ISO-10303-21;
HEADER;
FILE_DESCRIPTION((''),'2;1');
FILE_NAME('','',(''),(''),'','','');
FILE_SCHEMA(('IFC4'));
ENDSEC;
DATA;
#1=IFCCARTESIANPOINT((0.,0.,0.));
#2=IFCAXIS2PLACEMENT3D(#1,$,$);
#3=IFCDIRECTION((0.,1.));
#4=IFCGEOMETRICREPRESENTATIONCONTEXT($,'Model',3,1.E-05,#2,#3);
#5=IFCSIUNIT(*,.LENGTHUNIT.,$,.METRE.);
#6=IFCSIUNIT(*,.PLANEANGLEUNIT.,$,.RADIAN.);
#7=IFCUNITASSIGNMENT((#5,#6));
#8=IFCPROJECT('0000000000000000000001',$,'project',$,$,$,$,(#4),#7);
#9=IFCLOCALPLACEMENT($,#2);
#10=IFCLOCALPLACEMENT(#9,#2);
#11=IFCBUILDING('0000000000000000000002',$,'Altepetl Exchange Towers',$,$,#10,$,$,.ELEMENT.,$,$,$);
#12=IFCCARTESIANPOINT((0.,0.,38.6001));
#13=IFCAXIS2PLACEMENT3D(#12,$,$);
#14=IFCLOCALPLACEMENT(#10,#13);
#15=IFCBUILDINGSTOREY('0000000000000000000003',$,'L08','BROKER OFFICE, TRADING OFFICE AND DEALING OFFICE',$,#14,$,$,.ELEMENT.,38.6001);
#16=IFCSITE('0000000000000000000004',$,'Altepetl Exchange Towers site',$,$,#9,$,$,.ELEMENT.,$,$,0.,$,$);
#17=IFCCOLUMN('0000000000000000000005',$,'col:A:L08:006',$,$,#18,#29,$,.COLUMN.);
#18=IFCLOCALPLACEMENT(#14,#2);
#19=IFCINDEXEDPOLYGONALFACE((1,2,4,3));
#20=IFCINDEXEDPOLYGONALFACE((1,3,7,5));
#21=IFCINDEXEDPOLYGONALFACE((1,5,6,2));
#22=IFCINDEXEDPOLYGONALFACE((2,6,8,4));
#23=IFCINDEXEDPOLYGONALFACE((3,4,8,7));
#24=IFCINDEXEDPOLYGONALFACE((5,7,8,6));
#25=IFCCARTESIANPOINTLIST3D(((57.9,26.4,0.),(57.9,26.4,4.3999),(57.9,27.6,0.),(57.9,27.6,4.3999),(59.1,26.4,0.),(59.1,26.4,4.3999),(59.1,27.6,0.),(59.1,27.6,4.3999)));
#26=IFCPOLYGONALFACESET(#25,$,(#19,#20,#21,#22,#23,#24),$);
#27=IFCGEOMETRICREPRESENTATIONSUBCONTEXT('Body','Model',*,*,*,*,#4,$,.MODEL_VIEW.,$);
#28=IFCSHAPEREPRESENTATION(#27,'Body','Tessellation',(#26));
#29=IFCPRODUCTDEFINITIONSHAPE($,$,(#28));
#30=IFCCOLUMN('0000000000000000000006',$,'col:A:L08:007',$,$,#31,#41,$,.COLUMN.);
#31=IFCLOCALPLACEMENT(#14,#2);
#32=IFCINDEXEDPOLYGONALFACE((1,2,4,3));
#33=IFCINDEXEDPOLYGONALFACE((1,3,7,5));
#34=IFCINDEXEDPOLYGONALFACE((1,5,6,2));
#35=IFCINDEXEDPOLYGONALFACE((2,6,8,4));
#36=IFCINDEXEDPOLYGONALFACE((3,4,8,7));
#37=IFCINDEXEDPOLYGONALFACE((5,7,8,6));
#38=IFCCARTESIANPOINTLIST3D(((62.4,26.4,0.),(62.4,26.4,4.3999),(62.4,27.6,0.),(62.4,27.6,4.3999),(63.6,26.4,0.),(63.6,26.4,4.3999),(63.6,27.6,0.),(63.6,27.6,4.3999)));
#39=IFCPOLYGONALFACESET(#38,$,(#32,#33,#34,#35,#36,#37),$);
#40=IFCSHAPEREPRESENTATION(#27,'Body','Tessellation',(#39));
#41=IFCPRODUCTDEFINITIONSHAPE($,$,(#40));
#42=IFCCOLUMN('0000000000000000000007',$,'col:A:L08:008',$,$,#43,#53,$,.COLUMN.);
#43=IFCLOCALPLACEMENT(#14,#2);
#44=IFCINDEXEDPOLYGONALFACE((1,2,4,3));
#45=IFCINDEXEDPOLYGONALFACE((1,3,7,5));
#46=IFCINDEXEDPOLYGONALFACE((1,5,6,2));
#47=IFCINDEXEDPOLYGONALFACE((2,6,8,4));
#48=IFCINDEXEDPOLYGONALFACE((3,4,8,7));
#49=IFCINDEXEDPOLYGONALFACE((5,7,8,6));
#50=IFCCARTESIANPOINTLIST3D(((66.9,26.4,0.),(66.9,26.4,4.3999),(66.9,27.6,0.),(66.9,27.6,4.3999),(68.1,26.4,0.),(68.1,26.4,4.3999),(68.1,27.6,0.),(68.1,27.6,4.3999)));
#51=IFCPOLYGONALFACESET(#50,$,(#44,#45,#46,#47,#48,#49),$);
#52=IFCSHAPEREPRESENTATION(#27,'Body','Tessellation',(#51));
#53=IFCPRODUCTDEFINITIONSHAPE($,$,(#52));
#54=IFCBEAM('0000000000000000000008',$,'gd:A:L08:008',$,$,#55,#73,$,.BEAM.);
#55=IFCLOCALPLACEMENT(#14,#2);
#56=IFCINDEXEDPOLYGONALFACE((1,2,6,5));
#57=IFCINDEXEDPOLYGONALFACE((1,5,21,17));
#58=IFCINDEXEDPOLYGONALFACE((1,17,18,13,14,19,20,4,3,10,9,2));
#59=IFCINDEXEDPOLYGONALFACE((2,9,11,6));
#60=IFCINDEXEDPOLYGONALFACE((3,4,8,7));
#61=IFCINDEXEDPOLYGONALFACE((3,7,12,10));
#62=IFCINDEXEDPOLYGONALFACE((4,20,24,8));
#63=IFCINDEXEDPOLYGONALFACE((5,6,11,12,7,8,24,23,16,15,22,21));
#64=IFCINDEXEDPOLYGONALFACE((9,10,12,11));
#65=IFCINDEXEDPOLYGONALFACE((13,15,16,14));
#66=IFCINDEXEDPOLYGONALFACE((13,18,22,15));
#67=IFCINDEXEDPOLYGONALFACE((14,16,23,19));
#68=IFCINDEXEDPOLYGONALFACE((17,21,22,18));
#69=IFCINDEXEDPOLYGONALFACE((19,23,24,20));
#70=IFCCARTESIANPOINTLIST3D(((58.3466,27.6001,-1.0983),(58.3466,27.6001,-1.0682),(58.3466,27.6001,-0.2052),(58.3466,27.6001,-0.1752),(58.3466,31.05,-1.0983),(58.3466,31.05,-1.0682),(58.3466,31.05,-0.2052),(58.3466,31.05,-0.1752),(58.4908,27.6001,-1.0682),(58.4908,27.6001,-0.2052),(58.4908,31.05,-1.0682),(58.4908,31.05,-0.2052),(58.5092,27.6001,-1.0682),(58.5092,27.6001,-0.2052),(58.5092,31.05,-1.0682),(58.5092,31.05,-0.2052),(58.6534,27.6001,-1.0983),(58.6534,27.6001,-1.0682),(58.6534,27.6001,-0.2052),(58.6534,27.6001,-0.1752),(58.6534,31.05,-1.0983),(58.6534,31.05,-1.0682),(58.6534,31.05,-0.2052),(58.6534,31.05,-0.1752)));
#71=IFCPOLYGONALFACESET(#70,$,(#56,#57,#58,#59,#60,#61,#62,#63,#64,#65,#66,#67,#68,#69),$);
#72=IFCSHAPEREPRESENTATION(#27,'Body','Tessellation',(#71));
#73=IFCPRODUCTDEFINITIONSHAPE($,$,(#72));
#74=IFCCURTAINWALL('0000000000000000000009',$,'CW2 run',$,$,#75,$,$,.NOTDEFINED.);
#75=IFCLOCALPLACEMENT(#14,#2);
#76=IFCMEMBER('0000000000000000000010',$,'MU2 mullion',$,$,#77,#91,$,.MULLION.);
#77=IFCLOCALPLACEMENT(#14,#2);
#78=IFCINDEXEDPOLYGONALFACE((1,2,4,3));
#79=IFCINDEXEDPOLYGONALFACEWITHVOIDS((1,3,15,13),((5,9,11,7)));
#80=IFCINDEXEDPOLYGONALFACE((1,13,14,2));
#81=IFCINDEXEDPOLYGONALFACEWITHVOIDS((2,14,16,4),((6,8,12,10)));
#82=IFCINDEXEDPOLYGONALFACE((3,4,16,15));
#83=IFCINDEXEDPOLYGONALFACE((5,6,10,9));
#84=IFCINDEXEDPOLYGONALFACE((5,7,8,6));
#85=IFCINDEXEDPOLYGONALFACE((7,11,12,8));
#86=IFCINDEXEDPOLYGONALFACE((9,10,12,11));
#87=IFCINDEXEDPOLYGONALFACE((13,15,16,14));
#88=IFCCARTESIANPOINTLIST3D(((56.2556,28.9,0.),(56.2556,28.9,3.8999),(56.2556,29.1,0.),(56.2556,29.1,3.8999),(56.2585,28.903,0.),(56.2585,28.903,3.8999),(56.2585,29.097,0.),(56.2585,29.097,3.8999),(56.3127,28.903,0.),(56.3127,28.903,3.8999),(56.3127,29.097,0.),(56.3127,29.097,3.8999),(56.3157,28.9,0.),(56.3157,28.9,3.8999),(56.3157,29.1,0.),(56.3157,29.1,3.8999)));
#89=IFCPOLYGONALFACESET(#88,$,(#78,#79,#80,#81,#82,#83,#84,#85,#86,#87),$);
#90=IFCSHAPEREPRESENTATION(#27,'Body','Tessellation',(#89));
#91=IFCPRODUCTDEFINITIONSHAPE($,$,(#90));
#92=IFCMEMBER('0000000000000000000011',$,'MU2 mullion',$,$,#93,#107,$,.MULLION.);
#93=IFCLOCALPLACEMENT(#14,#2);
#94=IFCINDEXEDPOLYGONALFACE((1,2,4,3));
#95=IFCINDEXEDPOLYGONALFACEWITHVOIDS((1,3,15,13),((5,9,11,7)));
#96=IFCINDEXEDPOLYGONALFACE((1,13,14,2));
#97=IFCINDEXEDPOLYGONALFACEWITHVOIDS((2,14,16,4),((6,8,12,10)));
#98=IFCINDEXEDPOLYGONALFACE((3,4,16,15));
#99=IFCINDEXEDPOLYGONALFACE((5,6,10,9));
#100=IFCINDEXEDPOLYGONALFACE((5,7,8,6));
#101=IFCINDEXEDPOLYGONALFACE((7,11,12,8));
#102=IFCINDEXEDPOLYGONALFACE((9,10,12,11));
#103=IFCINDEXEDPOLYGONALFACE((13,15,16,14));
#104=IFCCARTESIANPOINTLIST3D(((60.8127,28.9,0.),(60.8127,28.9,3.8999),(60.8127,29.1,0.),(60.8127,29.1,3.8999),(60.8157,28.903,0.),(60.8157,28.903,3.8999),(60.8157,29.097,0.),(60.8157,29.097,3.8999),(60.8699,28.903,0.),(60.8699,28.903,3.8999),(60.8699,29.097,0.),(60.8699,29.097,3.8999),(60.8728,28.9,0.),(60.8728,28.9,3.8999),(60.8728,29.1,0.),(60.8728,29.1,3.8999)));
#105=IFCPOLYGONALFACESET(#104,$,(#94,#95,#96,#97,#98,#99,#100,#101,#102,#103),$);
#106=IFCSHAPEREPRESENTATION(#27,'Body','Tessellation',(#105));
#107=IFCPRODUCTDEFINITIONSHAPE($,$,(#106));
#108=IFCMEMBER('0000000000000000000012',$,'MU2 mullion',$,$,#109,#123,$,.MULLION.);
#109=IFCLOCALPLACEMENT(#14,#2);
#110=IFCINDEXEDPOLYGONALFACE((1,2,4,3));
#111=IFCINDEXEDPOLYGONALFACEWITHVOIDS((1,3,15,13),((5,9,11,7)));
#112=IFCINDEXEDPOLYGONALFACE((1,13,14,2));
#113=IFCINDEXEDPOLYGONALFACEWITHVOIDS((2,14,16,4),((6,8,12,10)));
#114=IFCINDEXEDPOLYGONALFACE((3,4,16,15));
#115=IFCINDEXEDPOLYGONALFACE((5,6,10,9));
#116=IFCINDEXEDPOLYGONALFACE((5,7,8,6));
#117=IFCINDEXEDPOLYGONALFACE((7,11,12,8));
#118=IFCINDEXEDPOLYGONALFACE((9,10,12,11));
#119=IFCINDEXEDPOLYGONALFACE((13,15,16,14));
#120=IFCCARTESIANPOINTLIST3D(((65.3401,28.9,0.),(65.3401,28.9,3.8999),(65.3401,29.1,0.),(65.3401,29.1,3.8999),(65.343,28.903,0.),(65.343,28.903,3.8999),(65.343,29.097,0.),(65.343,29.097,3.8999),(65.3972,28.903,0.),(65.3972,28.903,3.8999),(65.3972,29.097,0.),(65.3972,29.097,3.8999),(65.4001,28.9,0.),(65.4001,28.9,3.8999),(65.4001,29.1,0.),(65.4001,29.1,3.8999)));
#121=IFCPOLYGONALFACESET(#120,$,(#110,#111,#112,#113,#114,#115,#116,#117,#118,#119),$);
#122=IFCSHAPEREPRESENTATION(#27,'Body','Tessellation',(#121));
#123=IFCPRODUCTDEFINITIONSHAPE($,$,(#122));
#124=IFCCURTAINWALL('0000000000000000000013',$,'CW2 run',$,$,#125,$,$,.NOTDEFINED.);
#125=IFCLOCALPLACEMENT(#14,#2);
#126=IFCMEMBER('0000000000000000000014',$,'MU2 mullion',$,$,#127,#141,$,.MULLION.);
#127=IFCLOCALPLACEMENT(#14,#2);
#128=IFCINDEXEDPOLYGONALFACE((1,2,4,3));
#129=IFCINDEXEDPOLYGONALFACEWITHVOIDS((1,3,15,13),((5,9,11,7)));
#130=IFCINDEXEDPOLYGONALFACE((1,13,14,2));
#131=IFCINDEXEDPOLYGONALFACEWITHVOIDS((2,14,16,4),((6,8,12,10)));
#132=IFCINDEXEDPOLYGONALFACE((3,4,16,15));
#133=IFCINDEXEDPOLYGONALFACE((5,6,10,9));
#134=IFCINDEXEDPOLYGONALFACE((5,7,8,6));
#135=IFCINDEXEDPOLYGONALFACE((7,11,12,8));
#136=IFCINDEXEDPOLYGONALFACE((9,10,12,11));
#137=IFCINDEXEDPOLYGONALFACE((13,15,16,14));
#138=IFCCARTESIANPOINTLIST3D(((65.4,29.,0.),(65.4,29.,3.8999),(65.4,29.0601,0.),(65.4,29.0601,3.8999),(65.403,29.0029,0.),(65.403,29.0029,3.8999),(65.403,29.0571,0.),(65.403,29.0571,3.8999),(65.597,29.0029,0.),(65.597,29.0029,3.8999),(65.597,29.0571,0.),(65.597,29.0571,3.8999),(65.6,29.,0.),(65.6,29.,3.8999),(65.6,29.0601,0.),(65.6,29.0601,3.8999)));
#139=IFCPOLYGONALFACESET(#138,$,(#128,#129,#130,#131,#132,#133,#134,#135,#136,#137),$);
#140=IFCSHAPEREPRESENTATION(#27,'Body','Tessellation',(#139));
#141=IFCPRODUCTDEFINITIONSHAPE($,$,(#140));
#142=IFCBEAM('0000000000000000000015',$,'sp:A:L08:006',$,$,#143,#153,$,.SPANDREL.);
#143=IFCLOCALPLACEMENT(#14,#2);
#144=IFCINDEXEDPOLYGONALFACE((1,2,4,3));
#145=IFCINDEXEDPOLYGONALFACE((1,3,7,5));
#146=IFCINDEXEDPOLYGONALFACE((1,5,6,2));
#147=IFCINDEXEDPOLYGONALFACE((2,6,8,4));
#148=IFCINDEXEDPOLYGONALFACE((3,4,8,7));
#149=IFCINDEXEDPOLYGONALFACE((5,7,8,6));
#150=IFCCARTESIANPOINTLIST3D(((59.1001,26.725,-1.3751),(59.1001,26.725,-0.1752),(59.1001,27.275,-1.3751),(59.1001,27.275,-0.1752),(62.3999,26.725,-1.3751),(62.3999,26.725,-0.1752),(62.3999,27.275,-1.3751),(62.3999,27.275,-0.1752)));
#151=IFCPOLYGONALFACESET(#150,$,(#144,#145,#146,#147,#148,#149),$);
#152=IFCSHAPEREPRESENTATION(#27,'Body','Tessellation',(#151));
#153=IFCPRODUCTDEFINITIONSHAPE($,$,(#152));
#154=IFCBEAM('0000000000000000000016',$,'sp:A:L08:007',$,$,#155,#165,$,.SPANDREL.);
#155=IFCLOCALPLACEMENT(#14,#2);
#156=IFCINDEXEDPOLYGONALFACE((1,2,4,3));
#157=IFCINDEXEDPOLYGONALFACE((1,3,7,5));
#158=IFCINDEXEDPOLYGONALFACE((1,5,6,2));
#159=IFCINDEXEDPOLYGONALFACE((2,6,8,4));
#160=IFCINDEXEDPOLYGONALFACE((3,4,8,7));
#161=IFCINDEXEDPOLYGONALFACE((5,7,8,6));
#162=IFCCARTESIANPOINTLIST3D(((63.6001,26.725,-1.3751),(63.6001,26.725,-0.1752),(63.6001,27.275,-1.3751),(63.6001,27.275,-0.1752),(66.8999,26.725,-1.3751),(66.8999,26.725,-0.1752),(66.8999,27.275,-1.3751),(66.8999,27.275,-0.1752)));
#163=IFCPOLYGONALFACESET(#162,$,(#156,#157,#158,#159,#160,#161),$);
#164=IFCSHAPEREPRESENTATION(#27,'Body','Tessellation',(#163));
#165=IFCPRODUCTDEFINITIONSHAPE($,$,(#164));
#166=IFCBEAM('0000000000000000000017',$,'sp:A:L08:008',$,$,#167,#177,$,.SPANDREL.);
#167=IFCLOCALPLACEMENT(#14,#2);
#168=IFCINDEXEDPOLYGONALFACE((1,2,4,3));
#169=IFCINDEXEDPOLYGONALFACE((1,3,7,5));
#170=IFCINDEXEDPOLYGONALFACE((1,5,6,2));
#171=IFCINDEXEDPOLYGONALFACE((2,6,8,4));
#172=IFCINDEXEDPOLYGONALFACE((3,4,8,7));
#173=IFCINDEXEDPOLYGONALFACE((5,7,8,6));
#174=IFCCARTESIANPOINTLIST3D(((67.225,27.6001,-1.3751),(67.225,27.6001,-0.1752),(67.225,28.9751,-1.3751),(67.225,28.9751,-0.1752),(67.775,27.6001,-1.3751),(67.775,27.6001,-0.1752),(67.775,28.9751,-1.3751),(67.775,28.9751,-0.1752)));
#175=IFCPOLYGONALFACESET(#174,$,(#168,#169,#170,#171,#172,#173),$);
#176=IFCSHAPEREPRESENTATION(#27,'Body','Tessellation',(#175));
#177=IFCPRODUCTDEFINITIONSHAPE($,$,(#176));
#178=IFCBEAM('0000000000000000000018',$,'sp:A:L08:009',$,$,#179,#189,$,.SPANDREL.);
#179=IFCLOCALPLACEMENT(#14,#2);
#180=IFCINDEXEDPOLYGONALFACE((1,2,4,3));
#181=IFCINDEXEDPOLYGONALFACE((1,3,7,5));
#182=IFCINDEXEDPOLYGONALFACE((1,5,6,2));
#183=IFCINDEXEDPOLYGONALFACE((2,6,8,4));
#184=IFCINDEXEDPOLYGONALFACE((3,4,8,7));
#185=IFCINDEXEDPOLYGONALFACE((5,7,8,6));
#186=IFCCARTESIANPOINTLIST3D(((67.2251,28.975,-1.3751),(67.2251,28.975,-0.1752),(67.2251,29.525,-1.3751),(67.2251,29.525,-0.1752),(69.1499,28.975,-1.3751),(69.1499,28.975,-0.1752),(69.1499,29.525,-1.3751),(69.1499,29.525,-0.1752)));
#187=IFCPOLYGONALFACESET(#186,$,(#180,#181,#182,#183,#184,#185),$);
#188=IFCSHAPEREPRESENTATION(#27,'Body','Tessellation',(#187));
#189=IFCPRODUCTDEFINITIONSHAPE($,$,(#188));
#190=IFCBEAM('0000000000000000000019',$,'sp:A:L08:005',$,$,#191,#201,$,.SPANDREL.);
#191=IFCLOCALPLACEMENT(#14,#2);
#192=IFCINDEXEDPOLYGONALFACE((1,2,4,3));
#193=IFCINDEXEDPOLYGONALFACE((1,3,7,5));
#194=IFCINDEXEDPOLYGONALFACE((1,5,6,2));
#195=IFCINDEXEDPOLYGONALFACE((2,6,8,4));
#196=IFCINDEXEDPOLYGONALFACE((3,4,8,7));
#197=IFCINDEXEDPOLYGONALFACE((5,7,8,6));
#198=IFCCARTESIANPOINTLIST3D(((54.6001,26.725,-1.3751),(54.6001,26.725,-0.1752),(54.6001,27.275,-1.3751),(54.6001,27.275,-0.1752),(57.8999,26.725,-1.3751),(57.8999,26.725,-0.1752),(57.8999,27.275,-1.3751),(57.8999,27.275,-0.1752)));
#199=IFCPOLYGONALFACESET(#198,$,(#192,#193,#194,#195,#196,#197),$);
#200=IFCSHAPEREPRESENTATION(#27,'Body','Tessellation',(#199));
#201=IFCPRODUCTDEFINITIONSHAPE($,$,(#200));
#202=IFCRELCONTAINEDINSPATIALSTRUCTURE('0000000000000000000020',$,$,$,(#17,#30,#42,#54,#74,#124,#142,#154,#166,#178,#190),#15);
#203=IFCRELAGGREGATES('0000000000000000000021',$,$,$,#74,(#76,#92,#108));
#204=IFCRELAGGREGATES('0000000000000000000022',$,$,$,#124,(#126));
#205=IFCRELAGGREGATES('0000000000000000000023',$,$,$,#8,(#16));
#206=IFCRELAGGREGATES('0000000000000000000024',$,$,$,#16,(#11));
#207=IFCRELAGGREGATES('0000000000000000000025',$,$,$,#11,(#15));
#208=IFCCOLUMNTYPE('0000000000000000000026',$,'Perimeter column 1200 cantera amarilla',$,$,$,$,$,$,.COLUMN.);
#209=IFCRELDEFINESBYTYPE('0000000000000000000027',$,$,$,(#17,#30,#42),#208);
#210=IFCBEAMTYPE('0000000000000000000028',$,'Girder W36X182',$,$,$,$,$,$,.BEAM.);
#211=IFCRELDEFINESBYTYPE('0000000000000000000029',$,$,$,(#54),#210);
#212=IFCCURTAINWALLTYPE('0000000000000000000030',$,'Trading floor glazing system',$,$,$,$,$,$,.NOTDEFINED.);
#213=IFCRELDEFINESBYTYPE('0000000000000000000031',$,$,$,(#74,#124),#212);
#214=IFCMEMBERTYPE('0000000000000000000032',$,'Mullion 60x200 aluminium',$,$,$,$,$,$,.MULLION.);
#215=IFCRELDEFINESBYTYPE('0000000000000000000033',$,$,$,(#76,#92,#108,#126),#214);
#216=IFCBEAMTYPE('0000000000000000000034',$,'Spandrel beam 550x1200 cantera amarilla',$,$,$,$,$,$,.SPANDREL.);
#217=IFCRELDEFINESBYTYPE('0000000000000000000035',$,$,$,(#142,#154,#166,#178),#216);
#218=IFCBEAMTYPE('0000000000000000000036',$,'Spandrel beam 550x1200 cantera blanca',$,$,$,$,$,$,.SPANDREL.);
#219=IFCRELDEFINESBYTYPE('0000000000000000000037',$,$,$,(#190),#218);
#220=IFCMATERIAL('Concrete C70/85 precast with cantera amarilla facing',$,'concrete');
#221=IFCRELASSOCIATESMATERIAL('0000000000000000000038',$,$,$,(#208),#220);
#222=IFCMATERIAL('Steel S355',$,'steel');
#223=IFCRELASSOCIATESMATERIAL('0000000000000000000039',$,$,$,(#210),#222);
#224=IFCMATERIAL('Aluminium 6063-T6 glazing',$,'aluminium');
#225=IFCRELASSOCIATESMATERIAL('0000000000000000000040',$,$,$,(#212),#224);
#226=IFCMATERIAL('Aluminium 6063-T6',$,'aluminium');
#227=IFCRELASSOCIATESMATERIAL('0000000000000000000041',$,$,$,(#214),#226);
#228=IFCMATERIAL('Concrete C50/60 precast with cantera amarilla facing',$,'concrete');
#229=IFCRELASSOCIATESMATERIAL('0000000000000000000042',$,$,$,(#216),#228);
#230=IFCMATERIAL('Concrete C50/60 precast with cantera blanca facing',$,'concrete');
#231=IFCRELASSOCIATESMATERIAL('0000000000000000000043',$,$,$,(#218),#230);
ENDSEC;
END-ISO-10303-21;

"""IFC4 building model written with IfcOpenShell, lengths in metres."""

from ifc_helpers import new_model, si_unit, direction, frame, origin, origin_2d, place, context, subcontext, project, spatial, rectangle, hollow_rectangle, i_section, extrude, material, material_profile, profile_set, type_object, element, aggregate, save


model = new_model("IFC4")

# Units and contexts
model_context = context("Model", 3, precision=1e-05, world=origin(), true_north=direction((0.0, 1.0)))
body_context = subcontext(model_context, "Body", "Model", "MODEL_VIEW")
ifc_project = project(units=[si_unit("LENGTHUNIT", "METRE"), si_unit("PLANEANGLEUNIT", "RADIAN")], contexts=[model_context])

# Site, building, storey
site_placement = place(None, origin())
site = spatial("IfcSite", under=ifc_project, at=site_placement, Name="Altepetl Exchange Towers site", CompositionType="ELEMENT", RefElevation=0.0)
building_placement = place(site_placement, origin())
building = spatial("IfcBuilding", under=site, at=building_placement, Name="Altepetl Exchange Towers", CompositionType="ELEMENT")
storey_placement = place(building_placement, frame((0.0, 0.0, 38.6001)))
storey = spatial("IfcBuildingStorey", under=building, at=storey_placement, Name="L08", Description="BROKER OFFICE, TRADING OFFICE AND DEALING OFFICE", CompositionType="ELEMENT", Elevation=38.6001)

# Columns
ifc_material_1 = material(Name="Concrete C70/85 precast with cantera amarilla facing", Category="concrete")
ifc_material_profile_1 = material_profile(ifc_material_1, rectangle(XDim=1.2, YDim=1.2, at=origin_2d()), Name="1200 x 1200")
ifc_profile_set_1 = profile_set([ifc_material_profile_1], Name="Concrete C70/85 precast with cantera amarilla facing")
column_type = type_object("IfcColumnType", Name="Perimeter column 1200 cantera amarilla", PredefinedType="COLUMN", material=ifc_profile_set_1)
for number, where, name in (
    (1, (58.5, 27.0, 0.0), "col:A:L08:006"),
    (2, (63.0, 27.0, 0.0), "col:A:L08:007"),
    (3, (67.5, 27.0, 0.0), "col:A:L08:008"),
):
    element("IfcColumn", number, at=place(storey_placement, frame(where)), inside=storey, type_object=column_type, Name=name, PredefinedType="COLUMN", context=body_context, shape_type="SweptSolid", body=[
        extrude(rectangle(XDim=1.2, YDim=1.2, at=origin_2d()), origin(), (0.0, 0.0, 1.0), 4.3999),
    ])

# Beam
ifc_material_2 = material(Name="Steel S355", Category="steel")
ifc_material_profile_2 = material_profile(ifc_material_2, i_section(OverallWidth=0.3069, OverallDepth=0.9231, WebThickness=0.0183, FlangeThickness=0.03, at=origin_2d()), Name="W36X182")
ifc_profile_set_2 = profile_set([ifc_material_profile_2], Name="Steel S355")
beam_type_1 = type_object("IfcBeamType", Name="Girder W36X182", PredefinedType="BEAM", material=ifc_profile_set_2)
beam_1_placement = place(storey_placement, frame((58.5, 31.05, -0.6367), z_axis=(0.0, -1.0, 0.0), x_axis=(1.0, 0.0, 0.0)))
element("IfcBeam", 4, at=beam_1_placement, inside=storey, type_object=beam_type_1, Name="gd:A:L08:008", PredefinedType="BEAM", context=body_context, shape_type="SweptSolid", body=[
    extrude(i_section(OverallWidth=0.3069, OverallDepth=0.9231, WebThickness=0.0183, FlangeThickness=0.03, at=origin_2d()), origin(), (0.0, 0.0, 1.0), 3.45),
])

# Curtain wall, members
ifc_material_3 = material(Name="Aluminium 6063-T6 glazing", Category="aluminium")
curtain_wall_type = type_object("IfcCurtainWallType", Name="Trading floor glazing system", PredefinedType="NOTDEFINED", material=ifc_material_3)
curtain_wall_1_placement = place(storey_placement, origin())
curtain_wall_1 = element("IfcCurtainWall", 5, at=curtain_wall_1_placement, inside=storey, type_object=curtain_wall_type, Name="CW2 run", PredefinedType="NOTDEFINED")
ifc_material_4 = material(Name="Aluminium 6063-T6", Category="aluminium")
ifc_material_profile_3 = material_profile(ifc_material_4, hollow_rectangle(XDim=0.0601, YDim=0.2, WallThickness=0.0029, at=origin_2d()), Name="Mullion 60x200 aluminium")
ifc_profile_set_3 = profile_set([ifc_material_profile_3], Name="Aluminium 6063-T6")
member_type = type_object("IfcMemberType", Name="Mullion 60x200 aluminium", PredefinedType="MULLION", material=ifc_profile_set_3)
member_1_placement = place(storey_placement, frame((56.2856, 29.0, 0.0)))
member_1 = element("IfcMember", 6, at=member_1_placement, type_object=member_type, Name="MU2 mullion", PredefinedType="MULLION", context=body_context, shape_type="SweptSolid", body=[
    extrude(hollow_rectangle(XDim=0.0601, YDim=0.2, WallThickness=0.0029, at=origin_2d()), origin(), (0.0, 0.0, 1.0), 3.8999),
])
member_2_placement = place(storey_placement, frame((60.8428, 29.0, 0.0)))
member_2 = element("IfcMember", 7, at=member_2_placement, type_object=member_type, Name="MU2 mullion", PredefinedType="MULLION", context=body_context, shape_type="SweptSolid", body=[
    extrude(hollow_rectangle(XDim=0.0601, YDim=0.2, WallThickness=0.0029, at=origin_2d()), origin(), (0.0, 0.0, 1.0), 3.8999),
])
member_3_placement = place(storey_placement, frame((65.3701, 29.0, 0.0)))
member_3 = element("IfcMember", 8, at=member_3_placement, type_object=member_type, Name="MU2 mullion", PredefinedType="MULLION", context=body_context, shape_type="SweptSolid", body=[
    extrude(hollow_rectangle(XDim=0.0601, YDim=0.2, WallThickness=0.0029, at=origin_2d()), origin(), (0.0, 0.0, 1.0), 3.8999),
])

# Curtain wall, member
curtain_wall_2_placement = place(storey_placement, origin())
curtain_wall_2 = element("IfcCurtainWall", 9, at=curtain_wall_2_placement, inside=storey, type_object=curtain_wall_type, Name="CW2 run", PredefinedType="NOTDEFINED")
member_4_placement = place(storey_placement, frame((65.5, 29.03, 0.0), z_axis=(0.0, 0.0, 1.0), x_axis=(0.0, 1.0, 0.0)))
member_4 = element("IfcMember", 10, at=member_4_placement, type_object=member_type, Name="MU2 mullion", PredefinedType="MULLION", context=body_context, shape_type="SweptSolid", body=[
    extrude(hollow_rectangle(XDim=0.0601, YDim=0.2, WallThickness=0.0029, at=origin_2d()), origin(), (0.0, 0.0, 1.0), 3.8999),
])

# Beams
ifc_material_5 = material(Name="Concrete C50/60 precast with cantera amarilla facing", Category="concrete")
ifc_material_profile_4 = material_profile(ifc_material_5, rectangle(XDim=0.55, YDim=1.2, at=origin_2d()), Name="550 x 1200")
ifc_profile_set_4 = profile_set([ifc_material_profile_4], Name="Concrete C50/60 precast with cantera amarilla facing")
beam_type_2 = type_object("IfcBeamType", Name="Spandrel beam 550x1200 cantera amarilla", PredefinedType="SPANDREL", material=ifc_profile_set_4)
for number, where, z_axis, x_axis, name in (
    (11, (59.1001, 27.0, -0.7751), (1.0, 0.0, 0.0), (0.0, 1.0, 0.0), "sp:A:L08:006"),
    (12, (63.6001, 27.0, -0.7751), (1.0, 0.0, 0.0), (0.0, 1.0, 0.0), "sp:A:L08:007"),
):
    element("IfcBeam", number, at=place(storey_placement, frame(where, z_axis=z_axis, x_axis=x_axis)), inside=storey, type_object=beam_type_2, Name=name, PredefinedType="SPANDREL", context=body_context, shape_type="SweptSolid", body=[
        extrude(rectangle(XDim=0.55, YDim=1.2, at=origin_2d()), origin(), (0.0, 0.0, 1.0), 3.2998),
    ])
beam_2_placement = place(storey_placement, frame((67.5, 27.6001, -0.7751), z_axis=(0.0, 1.0, 0.0), x_axis=(-1.0, 0.0, 0.0)))
element("IfcBeam", 13, at=beam_2_placement, inside=storey, type_object=beam_type_2, Name="sp:A:L08:008", PredefinedType="SPANDREL", context=body_context, shape_type="SweptSolid", body=[
    extrude(rectangle(XDim=0.55, YDim=1.2, at=origin_2d()), origin(), (0.0, 0.0, 1.0), 1.375),
])
beam_3_placement = place(storey_placement, frame((67.2251, 29.25, -0.7751), z_axis=(1.0, 0.0, 0.0), x_axis=(0.0, 1.0, 0.0)))
element("IfcBeam", 14, at=beam_3_placement, inside=storey, type_object=beam_type_2, Name="sp:A:L08:009", PredefinedType="SPANDREL", context=body_context, shape_type="SweptSolid", body=[
    extrude(rectangle(XDim=0.55, YDim=1.2, at=origin_2d()), origin(), (0.0, 0.0, 1.0), 1.9248),
])
ifc_material_6 = material(Name="Concrete C50/60 precast with cantera blanca facing", Category="concrete")
ifc_material_profile_5 = material_profile(ifc_material_6, rectangle(XDim=0.55, YDim=1.2, at=origin_2d()), Name="550 x 1200")
ifc_profile_set_5 = profile_set([ifc_material_profile_5], Name="Concrete C50/60 precast with cantera blanca facing")
beam_type_3 = type_object("IfcBeamType", Name="Spandrel beam 550x1200 cantera blanca", PredefinedType="SPANDREL", material=ifc_profile_set_5)
beam_4_placement = place(storey_placement, frame((54.6001, 27.0, -0.7751), z_axis=(1.0, 0.0, 0.0), x_axis=(0.0, 1.0, 0.0)))
element("IfcBeam", 15, at=beam_4_placement, inside=storey, type_object=beam_type_3, Name="sp:A:L08:005", PredefinedType="SPANDREL", context=body_context, shape_type="SweptSolid", body=[
    extrude(rectangle(XDim=0.55, YDim=1.2, at=origin_2d()), origin(), (0.0, 0.0, 1.0), 3.2998),
])

aggregate(curtain_wall_1, [member_1, member_2, member_3])
aggregate(curtain_wall_2, [member_4])

save(model, "model.ifc")
